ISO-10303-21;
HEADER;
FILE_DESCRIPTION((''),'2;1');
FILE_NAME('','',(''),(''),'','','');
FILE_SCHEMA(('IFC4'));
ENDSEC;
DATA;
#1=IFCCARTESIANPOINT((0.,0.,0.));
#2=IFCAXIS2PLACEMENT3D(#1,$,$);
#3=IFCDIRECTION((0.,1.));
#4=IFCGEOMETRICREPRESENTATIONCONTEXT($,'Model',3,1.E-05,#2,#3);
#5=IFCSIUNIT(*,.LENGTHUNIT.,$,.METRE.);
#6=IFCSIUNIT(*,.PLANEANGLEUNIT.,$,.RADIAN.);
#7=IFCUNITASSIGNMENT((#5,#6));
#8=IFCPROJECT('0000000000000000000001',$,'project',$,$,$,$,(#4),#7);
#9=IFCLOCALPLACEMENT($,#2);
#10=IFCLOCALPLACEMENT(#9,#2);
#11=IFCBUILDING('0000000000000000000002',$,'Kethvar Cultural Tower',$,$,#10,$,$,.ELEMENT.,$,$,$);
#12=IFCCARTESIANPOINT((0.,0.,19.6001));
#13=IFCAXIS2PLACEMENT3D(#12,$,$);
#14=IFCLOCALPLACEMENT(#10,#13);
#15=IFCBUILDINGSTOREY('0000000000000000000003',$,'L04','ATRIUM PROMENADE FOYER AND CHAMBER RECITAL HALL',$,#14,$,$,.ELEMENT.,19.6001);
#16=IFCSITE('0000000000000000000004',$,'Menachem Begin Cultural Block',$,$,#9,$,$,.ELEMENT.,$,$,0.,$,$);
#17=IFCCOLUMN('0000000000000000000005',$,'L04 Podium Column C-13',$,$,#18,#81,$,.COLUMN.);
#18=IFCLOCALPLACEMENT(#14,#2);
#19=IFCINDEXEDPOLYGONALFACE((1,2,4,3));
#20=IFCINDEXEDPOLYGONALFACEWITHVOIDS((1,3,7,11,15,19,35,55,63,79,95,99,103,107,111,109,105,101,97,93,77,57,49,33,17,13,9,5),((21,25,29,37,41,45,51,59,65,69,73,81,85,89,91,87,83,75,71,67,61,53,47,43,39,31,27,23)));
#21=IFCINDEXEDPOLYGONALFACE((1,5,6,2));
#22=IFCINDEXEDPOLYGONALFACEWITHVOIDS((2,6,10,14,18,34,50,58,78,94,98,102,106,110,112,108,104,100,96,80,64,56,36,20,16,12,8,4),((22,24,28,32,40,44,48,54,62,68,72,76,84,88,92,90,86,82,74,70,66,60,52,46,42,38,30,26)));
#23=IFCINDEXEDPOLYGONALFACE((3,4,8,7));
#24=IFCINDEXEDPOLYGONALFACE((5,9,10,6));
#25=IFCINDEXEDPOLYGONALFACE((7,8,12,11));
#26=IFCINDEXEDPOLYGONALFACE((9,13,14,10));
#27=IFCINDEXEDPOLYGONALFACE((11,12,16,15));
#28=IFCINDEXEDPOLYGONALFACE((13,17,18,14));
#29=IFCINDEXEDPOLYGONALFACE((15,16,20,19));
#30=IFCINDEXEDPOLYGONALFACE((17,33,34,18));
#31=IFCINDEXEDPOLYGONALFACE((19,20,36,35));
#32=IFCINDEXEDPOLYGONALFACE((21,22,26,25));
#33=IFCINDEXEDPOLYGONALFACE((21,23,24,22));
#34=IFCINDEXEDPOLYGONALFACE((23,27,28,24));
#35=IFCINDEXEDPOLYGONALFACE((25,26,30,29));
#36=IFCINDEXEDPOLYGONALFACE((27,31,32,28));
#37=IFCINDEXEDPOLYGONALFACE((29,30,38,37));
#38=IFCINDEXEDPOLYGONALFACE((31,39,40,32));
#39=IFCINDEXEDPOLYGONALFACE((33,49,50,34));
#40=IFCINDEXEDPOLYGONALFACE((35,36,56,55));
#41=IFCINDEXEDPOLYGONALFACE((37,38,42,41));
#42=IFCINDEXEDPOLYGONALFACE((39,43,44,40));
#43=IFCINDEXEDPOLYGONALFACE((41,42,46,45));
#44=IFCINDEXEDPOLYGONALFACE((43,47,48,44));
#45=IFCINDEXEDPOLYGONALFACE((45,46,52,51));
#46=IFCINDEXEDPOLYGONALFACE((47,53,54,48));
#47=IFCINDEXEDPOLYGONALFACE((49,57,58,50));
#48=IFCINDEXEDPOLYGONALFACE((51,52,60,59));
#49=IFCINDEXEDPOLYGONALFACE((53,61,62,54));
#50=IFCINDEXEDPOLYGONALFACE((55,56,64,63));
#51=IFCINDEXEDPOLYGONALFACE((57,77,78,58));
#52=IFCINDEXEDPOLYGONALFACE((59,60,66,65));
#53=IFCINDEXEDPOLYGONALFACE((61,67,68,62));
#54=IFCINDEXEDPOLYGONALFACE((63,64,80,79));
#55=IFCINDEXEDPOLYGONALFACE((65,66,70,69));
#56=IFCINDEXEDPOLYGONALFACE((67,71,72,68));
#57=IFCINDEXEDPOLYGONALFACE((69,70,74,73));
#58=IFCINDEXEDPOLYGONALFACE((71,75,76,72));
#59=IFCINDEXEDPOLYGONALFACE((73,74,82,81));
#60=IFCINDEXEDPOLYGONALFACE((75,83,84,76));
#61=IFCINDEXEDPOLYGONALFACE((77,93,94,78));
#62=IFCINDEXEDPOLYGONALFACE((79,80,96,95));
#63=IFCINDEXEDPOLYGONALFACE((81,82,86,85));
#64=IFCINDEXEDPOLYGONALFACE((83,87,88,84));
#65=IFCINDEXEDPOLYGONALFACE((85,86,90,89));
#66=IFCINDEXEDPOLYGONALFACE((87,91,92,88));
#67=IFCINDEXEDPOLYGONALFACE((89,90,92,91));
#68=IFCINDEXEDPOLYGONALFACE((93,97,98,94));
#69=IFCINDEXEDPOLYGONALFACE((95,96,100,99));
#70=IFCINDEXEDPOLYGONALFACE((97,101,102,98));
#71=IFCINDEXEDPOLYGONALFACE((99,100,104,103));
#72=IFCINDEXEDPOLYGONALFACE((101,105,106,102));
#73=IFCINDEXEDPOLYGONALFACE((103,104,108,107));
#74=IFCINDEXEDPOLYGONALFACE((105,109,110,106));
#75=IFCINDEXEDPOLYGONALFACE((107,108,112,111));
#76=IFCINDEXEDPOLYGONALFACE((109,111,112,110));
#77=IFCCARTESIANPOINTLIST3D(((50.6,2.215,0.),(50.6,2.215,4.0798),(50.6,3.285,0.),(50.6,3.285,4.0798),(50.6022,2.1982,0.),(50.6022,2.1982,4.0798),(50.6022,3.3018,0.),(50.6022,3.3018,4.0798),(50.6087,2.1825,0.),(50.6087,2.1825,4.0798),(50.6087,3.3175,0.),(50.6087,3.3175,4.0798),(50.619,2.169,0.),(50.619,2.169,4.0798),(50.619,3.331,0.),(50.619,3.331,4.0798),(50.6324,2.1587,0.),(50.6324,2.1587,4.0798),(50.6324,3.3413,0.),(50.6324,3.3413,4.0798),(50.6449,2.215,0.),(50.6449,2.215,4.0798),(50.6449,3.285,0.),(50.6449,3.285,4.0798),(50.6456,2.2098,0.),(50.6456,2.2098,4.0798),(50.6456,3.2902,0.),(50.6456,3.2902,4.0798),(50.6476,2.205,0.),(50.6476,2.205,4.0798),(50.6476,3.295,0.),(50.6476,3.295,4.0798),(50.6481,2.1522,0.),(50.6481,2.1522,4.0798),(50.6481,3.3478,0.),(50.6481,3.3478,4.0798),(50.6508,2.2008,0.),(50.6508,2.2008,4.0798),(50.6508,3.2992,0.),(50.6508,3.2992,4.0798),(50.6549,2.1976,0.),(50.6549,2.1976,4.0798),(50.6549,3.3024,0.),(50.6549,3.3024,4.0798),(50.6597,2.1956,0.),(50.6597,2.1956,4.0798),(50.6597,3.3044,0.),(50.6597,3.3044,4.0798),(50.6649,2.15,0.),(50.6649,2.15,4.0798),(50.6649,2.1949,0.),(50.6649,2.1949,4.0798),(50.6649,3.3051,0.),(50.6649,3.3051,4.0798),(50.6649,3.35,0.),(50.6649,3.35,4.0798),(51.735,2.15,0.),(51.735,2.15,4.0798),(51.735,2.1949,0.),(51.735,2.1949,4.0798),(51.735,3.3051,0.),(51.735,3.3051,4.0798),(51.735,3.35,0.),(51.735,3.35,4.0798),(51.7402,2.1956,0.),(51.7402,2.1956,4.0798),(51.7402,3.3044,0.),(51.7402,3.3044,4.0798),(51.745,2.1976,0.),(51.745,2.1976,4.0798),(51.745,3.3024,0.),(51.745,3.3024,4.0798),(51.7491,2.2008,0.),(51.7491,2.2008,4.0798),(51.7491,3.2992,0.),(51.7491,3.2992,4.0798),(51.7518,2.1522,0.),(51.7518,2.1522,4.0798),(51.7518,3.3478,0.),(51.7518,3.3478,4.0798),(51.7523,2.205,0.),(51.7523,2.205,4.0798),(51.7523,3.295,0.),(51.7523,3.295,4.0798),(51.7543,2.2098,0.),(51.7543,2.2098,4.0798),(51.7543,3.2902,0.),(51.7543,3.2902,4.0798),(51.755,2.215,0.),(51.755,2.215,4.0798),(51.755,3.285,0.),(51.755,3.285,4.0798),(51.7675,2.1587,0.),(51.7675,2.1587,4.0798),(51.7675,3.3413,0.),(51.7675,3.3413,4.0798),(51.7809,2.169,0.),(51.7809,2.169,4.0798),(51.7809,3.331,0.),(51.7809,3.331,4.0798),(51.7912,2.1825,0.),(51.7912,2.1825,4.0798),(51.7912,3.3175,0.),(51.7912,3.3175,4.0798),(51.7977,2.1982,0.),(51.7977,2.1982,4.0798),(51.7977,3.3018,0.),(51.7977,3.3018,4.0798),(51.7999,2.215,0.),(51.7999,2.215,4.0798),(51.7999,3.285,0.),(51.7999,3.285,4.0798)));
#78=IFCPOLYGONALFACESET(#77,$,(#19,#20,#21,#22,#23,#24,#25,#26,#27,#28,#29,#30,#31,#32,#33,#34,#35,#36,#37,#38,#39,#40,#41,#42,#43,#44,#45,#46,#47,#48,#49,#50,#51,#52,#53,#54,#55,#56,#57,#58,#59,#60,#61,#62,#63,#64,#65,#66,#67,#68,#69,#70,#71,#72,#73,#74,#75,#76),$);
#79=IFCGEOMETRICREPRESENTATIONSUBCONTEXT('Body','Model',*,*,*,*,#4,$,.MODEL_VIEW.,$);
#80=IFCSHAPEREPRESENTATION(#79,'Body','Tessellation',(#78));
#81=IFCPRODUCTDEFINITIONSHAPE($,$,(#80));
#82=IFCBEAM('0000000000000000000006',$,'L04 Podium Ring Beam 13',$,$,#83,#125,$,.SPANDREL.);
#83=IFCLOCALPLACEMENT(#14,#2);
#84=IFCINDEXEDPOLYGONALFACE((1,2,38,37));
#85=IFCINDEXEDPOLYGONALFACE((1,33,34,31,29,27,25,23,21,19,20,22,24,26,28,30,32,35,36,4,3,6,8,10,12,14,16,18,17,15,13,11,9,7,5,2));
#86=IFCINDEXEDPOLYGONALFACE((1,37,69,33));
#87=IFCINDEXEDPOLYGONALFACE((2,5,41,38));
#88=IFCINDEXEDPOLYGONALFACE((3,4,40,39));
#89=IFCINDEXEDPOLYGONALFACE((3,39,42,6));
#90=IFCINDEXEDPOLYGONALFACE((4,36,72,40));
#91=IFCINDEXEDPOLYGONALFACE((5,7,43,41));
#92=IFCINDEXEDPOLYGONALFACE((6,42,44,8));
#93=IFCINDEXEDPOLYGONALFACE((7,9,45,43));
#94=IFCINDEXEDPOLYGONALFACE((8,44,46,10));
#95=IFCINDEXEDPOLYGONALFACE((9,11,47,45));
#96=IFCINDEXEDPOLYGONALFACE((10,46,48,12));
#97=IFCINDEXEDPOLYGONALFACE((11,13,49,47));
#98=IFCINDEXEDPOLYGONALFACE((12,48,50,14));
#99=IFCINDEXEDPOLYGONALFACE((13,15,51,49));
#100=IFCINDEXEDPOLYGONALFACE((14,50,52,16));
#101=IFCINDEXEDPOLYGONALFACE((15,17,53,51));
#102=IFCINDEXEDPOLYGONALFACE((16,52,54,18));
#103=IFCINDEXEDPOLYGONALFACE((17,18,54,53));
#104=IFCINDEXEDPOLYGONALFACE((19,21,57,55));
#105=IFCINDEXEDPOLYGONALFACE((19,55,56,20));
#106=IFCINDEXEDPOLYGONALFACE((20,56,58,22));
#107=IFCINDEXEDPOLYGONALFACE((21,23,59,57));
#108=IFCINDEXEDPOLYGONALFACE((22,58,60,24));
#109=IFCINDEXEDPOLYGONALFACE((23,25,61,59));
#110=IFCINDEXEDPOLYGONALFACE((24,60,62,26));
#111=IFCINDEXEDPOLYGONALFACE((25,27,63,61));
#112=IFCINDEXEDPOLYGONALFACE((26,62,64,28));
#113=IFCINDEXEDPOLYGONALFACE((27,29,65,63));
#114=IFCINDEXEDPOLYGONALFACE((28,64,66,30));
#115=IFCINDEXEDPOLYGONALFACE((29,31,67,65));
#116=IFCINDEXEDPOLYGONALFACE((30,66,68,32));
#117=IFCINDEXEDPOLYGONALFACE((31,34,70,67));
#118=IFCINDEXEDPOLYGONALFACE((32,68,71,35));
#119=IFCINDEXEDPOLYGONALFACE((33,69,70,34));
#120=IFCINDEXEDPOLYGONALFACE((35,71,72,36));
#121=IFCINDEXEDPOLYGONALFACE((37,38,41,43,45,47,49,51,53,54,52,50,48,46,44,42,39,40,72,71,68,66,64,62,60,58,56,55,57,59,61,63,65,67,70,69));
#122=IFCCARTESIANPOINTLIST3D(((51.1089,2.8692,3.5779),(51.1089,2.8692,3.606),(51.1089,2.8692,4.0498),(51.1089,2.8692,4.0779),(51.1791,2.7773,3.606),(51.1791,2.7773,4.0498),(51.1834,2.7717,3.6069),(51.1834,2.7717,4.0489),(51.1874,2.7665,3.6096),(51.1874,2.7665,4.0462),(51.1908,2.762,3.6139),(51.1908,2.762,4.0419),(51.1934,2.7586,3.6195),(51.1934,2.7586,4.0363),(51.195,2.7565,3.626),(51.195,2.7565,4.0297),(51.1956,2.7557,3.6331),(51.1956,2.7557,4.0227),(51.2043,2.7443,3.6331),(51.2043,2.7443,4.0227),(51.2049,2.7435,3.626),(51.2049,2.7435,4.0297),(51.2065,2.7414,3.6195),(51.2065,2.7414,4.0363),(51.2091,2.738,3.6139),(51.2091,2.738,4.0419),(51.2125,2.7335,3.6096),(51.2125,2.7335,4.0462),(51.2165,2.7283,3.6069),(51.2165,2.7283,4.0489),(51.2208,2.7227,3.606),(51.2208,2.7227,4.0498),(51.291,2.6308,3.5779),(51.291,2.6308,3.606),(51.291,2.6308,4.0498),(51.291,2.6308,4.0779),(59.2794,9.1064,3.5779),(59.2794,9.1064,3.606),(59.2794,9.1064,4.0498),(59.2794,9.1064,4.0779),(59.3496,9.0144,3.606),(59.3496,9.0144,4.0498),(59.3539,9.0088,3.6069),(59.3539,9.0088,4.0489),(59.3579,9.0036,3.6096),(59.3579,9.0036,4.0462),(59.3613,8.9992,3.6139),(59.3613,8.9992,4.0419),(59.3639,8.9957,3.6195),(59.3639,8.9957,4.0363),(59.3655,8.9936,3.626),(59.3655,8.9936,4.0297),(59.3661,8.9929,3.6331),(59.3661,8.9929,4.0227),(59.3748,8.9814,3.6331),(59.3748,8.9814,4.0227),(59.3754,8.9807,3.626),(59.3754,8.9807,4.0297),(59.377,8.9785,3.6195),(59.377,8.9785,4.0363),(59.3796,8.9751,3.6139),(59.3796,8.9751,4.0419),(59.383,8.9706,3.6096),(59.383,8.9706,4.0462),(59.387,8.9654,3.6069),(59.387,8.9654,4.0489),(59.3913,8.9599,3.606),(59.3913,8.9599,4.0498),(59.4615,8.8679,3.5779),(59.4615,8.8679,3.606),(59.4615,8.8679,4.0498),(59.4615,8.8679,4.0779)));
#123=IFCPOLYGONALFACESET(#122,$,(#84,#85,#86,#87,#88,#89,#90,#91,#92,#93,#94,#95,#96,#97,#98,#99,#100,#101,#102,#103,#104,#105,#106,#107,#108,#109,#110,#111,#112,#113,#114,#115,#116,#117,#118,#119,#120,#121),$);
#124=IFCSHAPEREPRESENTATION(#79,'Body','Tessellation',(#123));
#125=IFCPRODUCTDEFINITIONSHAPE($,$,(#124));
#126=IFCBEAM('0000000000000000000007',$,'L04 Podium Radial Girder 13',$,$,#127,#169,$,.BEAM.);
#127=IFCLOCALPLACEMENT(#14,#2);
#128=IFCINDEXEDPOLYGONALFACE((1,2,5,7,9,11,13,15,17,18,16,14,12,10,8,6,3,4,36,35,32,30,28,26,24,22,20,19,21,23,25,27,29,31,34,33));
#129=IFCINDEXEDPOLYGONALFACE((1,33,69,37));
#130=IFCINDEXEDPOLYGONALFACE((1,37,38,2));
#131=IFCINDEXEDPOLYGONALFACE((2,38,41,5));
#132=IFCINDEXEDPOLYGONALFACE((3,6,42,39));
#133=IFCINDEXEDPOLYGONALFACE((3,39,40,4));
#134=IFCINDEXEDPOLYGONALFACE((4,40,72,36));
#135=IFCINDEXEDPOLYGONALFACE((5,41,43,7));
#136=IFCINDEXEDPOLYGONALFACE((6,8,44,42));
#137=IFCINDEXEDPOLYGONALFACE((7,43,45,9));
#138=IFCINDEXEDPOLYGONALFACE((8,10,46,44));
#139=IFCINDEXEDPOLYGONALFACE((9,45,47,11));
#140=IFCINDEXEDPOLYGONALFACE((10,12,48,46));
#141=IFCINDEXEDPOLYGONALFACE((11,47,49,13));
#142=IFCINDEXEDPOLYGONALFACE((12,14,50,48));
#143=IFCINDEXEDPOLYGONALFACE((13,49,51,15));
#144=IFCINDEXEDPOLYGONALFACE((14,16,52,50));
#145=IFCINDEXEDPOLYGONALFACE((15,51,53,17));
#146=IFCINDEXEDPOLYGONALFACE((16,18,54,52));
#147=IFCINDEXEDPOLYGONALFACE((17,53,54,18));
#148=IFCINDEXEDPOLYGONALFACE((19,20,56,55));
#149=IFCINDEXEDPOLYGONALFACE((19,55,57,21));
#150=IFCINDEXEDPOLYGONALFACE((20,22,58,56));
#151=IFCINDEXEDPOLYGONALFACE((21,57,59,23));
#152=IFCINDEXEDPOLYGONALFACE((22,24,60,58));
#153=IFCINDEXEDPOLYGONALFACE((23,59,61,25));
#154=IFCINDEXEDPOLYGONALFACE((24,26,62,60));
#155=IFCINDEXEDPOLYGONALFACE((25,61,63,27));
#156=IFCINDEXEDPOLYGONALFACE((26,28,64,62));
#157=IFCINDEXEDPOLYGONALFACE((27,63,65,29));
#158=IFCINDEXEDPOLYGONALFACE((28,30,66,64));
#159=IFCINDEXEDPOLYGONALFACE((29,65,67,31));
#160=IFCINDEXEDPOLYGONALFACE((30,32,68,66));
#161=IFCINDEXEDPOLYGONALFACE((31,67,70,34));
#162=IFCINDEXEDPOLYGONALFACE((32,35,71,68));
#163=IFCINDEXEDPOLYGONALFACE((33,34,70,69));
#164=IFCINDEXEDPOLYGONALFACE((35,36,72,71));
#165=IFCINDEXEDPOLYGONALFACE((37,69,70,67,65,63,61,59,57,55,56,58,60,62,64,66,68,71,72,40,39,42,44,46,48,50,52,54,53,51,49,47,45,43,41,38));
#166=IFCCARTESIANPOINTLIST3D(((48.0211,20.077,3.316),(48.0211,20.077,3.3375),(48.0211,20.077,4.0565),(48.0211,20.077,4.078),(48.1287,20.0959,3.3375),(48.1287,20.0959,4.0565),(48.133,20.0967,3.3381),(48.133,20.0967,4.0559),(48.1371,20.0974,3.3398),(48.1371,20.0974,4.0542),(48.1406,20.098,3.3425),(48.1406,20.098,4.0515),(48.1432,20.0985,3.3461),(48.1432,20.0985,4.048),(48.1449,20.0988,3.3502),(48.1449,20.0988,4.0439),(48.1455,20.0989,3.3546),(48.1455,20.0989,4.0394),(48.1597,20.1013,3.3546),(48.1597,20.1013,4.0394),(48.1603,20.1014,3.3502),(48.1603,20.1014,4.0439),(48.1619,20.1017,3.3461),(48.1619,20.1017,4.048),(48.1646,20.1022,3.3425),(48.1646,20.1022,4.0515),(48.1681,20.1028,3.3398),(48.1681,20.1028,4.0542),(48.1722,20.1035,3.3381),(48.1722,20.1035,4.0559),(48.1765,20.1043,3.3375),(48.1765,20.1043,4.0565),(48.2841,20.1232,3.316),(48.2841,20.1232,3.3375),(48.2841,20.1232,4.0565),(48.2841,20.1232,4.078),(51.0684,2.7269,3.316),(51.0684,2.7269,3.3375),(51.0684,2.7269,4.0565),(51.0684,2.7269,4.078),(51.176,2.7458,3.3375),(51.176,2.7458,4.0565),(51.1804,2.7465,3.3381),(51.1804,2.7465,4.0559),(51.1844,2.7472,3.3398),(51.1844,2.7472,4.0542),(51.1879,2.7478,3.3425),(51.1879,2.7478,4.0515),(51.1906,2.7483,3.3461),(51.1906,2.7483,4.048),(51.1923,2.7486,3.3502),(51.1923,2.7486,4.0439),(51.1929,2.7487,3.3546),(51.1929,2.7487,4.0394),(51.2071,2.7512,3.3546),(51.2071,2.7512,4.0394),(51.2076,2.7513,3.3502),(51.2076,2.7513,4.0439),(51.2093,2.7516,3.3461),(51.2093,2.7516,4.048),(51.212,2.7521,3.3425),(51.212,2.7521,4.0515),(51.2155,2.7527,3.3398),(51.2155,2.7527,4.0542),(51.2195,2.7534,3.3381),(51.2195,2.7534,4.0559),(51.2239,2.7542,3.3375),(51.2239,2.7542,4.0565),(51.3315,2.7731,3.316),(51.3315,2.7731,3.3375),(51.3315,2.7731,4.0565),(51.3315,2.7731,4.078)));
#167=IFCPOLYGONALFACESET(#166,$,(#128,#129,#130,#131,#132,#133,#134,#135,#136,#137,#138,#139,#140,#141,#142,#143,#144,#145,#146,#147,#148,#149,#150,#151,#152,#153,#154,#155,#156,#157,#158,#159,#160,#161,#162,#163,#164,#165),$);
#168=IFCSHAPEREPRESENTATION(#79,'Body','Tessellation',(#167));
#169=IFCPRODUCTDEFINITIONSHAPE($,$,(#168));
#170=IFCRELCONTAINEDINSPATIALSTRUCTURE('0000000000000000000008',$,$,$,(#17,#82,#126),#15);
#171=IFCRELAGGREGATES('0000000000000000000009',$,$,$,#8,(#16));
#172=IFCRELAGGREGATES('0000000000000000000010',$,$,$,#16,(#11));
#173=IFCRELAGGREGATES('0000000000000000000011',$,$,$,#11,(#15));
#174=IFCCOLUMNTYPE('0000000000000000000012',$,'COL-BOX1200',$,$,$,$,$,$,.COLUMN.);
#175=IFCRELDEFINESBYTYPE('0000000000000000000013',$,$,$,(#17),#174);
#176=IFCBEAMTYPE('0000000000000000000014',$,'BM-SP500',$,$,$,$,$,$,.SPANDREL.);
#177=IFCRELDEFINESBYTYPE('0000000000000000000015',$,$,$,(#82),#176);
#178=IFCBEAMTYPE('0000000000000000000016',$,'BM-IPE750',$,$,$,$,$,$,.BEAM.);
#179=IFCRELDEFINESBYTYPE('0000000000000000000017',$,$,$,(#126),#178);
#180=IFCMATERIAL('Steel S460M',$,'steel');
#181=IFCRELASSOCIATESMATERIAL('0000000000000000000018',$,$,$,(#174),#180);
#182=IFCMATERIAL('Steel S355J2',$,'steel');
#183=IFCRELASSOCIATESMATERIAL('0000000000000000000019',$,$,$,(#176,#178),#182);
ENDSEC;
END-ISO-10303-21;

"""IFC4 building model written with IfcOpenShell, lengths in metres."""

from ifc_helpers import new_model, si_unit, direction, frame, origin, origin_2d, place, context, subcontext, project, spatial, hollow_rectangle, i_section, extrude, source, transform, mapped, material, material_profile, profile_set, type_object, element, save


model = new_model("IFC4")

# Units and contexts
model_context = context("Model", 3, precision=1e-05, world=origin(), true_north=direction((0.0, 1.0)))
body_context = subcontext(model_context, "Body", "Model", "MODEL_VIEW")
ifc_project = project(units=[si_unit("LENGTHUNIT", "METRE"), si_unit("PLANEANGLEUNIT", "RADIAN")], contexts=[model_context])

# Site, building, storey
site_placement = place(None, origin())
site = spatial("IfcSite", under=ifc_project, at=site_placement, Name="Menachem Begin Cultural Block", CompositionType="ELEMENT", RefElevation=0.0)
building_placement = place(site_placement, origin())
building = spatial("IfcBuilding", under=site, at=building_placement, Name="Kethvar Cultural Tower", CompositionType="ELEMENT")
storey_placement = place(building_placement, frame((0.0, 0.0, 19.6001)))
storey = spatial("IfcBuildingStorey", under=building, at=storey_placement, Name="L04", Description="ATRIUM PROMENADE FOYER AND CHAMBER RECITAL HALL", CompositionType="ELEMENT", Elevation=19.6001)

# Column
ifc_material_1 = material(Name="Steel S460M", Category="steel")
ifc_material_profile_1 = material_profile(ifc_material_1, hollow_rectangle(XDim=1.2, YDim=1.2, WallThickness=0.0449, InnerFilletRadius=0.02, OuterFilletRadius=0.0649, at=origin_2d()), Name="Steel S460M — BOX1200x1200x45")
ifc_profile_set_1 = profile_set([ifc_material_profile_1], Name="Steel S460M — BOX1200x1200x45")
column_type = type_object("IfcColumnType", Name="COL-BOX1200", PredefinedType="COLUMN", material=ifc_profile_set_1)
shared_shape_1 = source(origin(), body_context, "Body", "SweptSolid", [
    extrude(hollow_rectangle(XDim=1.2, YDim=1.2, WallThickness=0.0449, InnerFilletRadius=0.02, OuterFilletRadius=0.0649, at=origin_2d()), origin(), (0.0, 0.0, 1.0), 4.0798),
])
column_placement = place(storey_placement, frame((51.2, 2.75, 0.0), z_axis=(0.0, 0.0, 1.0), x_axis=(1.0, 0.0, 0.0)))
element("IfcColumn", 1, at=column_placement, inside=storey, type_object=column_type, Name="L04 Podium Column C-13", PredefinedType="COLUMN", context=body_context, shape_type="MappedRepresentation", body=[
    mapped(shared_shape_1, transform((0.0, 0.0, 0.0), scale=1.0)),
])

# Beams
ifc_material_2 = material(Name="Steel S355J2", Category="steel")
ifc_material_profile_2 = material_profile(ifc_material_2, i_section(OverallWidth=0.3, OverallDepth=0.5, WebThickness=0.0144, FlangeThickness=0.0281, FilletRadius=0.0271, at=origin_2d()), Name="Steel S355J2 — HEB500")
ifc_profile_set_2 = profile_set([ifc_material_profile_2], Name="Steel S355J2 — HEB500")
beam_type_1 = type_object("IfcBeamType", Name="BM-SP500", PredefinedType="SPANDREL", material=ifc_profile_set_2)
shared_shape_2 = source(origin(), body_context, "Body", "SweptSolid", [
    extrude(i_section(OverallWidth=0.3, OverallDepth=0.5, WebThickness=0.0144, FlangeThickness=0.0281, FilletRadius=0.0271, at=origin_2d()), origin(), (0.0, 0.0, 1.0), 10.2791),
])
beam_1_placement = place(storey_placement, frame((51.2, 2.75, 3.8279), z_axis=(0.794869, 0.606781, 0.0), x_axis=(-0.606781, 0.794869, 0.0)))
element("IfcBeam", 2, at=beam_1_placement, inside=storey, type_object=beam_type_1, Name="L04 Podium Ring Beam 13", PredefinedType="SPANDREL", context=body_context, shape_type="MappedRepresentation", body=[
    mapped(shared_shape_2, transform((0.0, 0.0, 0.0), scale=1.0)),
])
ifc_material_profile_3 = material_profile(ifc_material_2, i_section(OverallWidth=0.2671, OverallDepth=0.762, WebThickness=0.0144, FlangeThickness=0.0215, FilletRadius=0.0171, at=origin_2d()), Name="Steel S355J2 — IPE750x173")
ifc_profile_set_3 = profile_set([ifc_material_profile_3], Name="Steel S355J2 — IPE750x173")
beam_type_2 = type_object("IfcBeamType", Name="BM-IPE750", PredefinedType="BEAM", material=ifc_profile_set_3)
shared_shape_3 = source(origin(), body_context, "Body", "SweptSolid", [
    extrude(i_section(OverallWidth=0.2671, OverallDepth=0.762, WebThickness=0.0144, FlangeThickness=0.0215, FilletRadius=0.0171, at=origin_2d()), origin(), (0.0, 0.0, 1.0), 17.6157),
])
beam_2_placement = place(storey_placement, frame((48.1526, 20.1001, 3.697), z_axis=(0.172991, -0.984923, 0.0), x_axis=(0.984923, 0.172991, 0.0)))
element("IfcBeam", 3, at=beam_2_placement, inside=storey, type_object=beam_type_2, Name="L04 Podium Radial Girder 13", PredefinedType="BEAM", context=body_context, shape_type="MappedRepresentation", body=[
    mapped(shared_shape_3, transform((0.0, 0.0, 0.0), scale=1.0)),
])

save(model, "model.ifc")
